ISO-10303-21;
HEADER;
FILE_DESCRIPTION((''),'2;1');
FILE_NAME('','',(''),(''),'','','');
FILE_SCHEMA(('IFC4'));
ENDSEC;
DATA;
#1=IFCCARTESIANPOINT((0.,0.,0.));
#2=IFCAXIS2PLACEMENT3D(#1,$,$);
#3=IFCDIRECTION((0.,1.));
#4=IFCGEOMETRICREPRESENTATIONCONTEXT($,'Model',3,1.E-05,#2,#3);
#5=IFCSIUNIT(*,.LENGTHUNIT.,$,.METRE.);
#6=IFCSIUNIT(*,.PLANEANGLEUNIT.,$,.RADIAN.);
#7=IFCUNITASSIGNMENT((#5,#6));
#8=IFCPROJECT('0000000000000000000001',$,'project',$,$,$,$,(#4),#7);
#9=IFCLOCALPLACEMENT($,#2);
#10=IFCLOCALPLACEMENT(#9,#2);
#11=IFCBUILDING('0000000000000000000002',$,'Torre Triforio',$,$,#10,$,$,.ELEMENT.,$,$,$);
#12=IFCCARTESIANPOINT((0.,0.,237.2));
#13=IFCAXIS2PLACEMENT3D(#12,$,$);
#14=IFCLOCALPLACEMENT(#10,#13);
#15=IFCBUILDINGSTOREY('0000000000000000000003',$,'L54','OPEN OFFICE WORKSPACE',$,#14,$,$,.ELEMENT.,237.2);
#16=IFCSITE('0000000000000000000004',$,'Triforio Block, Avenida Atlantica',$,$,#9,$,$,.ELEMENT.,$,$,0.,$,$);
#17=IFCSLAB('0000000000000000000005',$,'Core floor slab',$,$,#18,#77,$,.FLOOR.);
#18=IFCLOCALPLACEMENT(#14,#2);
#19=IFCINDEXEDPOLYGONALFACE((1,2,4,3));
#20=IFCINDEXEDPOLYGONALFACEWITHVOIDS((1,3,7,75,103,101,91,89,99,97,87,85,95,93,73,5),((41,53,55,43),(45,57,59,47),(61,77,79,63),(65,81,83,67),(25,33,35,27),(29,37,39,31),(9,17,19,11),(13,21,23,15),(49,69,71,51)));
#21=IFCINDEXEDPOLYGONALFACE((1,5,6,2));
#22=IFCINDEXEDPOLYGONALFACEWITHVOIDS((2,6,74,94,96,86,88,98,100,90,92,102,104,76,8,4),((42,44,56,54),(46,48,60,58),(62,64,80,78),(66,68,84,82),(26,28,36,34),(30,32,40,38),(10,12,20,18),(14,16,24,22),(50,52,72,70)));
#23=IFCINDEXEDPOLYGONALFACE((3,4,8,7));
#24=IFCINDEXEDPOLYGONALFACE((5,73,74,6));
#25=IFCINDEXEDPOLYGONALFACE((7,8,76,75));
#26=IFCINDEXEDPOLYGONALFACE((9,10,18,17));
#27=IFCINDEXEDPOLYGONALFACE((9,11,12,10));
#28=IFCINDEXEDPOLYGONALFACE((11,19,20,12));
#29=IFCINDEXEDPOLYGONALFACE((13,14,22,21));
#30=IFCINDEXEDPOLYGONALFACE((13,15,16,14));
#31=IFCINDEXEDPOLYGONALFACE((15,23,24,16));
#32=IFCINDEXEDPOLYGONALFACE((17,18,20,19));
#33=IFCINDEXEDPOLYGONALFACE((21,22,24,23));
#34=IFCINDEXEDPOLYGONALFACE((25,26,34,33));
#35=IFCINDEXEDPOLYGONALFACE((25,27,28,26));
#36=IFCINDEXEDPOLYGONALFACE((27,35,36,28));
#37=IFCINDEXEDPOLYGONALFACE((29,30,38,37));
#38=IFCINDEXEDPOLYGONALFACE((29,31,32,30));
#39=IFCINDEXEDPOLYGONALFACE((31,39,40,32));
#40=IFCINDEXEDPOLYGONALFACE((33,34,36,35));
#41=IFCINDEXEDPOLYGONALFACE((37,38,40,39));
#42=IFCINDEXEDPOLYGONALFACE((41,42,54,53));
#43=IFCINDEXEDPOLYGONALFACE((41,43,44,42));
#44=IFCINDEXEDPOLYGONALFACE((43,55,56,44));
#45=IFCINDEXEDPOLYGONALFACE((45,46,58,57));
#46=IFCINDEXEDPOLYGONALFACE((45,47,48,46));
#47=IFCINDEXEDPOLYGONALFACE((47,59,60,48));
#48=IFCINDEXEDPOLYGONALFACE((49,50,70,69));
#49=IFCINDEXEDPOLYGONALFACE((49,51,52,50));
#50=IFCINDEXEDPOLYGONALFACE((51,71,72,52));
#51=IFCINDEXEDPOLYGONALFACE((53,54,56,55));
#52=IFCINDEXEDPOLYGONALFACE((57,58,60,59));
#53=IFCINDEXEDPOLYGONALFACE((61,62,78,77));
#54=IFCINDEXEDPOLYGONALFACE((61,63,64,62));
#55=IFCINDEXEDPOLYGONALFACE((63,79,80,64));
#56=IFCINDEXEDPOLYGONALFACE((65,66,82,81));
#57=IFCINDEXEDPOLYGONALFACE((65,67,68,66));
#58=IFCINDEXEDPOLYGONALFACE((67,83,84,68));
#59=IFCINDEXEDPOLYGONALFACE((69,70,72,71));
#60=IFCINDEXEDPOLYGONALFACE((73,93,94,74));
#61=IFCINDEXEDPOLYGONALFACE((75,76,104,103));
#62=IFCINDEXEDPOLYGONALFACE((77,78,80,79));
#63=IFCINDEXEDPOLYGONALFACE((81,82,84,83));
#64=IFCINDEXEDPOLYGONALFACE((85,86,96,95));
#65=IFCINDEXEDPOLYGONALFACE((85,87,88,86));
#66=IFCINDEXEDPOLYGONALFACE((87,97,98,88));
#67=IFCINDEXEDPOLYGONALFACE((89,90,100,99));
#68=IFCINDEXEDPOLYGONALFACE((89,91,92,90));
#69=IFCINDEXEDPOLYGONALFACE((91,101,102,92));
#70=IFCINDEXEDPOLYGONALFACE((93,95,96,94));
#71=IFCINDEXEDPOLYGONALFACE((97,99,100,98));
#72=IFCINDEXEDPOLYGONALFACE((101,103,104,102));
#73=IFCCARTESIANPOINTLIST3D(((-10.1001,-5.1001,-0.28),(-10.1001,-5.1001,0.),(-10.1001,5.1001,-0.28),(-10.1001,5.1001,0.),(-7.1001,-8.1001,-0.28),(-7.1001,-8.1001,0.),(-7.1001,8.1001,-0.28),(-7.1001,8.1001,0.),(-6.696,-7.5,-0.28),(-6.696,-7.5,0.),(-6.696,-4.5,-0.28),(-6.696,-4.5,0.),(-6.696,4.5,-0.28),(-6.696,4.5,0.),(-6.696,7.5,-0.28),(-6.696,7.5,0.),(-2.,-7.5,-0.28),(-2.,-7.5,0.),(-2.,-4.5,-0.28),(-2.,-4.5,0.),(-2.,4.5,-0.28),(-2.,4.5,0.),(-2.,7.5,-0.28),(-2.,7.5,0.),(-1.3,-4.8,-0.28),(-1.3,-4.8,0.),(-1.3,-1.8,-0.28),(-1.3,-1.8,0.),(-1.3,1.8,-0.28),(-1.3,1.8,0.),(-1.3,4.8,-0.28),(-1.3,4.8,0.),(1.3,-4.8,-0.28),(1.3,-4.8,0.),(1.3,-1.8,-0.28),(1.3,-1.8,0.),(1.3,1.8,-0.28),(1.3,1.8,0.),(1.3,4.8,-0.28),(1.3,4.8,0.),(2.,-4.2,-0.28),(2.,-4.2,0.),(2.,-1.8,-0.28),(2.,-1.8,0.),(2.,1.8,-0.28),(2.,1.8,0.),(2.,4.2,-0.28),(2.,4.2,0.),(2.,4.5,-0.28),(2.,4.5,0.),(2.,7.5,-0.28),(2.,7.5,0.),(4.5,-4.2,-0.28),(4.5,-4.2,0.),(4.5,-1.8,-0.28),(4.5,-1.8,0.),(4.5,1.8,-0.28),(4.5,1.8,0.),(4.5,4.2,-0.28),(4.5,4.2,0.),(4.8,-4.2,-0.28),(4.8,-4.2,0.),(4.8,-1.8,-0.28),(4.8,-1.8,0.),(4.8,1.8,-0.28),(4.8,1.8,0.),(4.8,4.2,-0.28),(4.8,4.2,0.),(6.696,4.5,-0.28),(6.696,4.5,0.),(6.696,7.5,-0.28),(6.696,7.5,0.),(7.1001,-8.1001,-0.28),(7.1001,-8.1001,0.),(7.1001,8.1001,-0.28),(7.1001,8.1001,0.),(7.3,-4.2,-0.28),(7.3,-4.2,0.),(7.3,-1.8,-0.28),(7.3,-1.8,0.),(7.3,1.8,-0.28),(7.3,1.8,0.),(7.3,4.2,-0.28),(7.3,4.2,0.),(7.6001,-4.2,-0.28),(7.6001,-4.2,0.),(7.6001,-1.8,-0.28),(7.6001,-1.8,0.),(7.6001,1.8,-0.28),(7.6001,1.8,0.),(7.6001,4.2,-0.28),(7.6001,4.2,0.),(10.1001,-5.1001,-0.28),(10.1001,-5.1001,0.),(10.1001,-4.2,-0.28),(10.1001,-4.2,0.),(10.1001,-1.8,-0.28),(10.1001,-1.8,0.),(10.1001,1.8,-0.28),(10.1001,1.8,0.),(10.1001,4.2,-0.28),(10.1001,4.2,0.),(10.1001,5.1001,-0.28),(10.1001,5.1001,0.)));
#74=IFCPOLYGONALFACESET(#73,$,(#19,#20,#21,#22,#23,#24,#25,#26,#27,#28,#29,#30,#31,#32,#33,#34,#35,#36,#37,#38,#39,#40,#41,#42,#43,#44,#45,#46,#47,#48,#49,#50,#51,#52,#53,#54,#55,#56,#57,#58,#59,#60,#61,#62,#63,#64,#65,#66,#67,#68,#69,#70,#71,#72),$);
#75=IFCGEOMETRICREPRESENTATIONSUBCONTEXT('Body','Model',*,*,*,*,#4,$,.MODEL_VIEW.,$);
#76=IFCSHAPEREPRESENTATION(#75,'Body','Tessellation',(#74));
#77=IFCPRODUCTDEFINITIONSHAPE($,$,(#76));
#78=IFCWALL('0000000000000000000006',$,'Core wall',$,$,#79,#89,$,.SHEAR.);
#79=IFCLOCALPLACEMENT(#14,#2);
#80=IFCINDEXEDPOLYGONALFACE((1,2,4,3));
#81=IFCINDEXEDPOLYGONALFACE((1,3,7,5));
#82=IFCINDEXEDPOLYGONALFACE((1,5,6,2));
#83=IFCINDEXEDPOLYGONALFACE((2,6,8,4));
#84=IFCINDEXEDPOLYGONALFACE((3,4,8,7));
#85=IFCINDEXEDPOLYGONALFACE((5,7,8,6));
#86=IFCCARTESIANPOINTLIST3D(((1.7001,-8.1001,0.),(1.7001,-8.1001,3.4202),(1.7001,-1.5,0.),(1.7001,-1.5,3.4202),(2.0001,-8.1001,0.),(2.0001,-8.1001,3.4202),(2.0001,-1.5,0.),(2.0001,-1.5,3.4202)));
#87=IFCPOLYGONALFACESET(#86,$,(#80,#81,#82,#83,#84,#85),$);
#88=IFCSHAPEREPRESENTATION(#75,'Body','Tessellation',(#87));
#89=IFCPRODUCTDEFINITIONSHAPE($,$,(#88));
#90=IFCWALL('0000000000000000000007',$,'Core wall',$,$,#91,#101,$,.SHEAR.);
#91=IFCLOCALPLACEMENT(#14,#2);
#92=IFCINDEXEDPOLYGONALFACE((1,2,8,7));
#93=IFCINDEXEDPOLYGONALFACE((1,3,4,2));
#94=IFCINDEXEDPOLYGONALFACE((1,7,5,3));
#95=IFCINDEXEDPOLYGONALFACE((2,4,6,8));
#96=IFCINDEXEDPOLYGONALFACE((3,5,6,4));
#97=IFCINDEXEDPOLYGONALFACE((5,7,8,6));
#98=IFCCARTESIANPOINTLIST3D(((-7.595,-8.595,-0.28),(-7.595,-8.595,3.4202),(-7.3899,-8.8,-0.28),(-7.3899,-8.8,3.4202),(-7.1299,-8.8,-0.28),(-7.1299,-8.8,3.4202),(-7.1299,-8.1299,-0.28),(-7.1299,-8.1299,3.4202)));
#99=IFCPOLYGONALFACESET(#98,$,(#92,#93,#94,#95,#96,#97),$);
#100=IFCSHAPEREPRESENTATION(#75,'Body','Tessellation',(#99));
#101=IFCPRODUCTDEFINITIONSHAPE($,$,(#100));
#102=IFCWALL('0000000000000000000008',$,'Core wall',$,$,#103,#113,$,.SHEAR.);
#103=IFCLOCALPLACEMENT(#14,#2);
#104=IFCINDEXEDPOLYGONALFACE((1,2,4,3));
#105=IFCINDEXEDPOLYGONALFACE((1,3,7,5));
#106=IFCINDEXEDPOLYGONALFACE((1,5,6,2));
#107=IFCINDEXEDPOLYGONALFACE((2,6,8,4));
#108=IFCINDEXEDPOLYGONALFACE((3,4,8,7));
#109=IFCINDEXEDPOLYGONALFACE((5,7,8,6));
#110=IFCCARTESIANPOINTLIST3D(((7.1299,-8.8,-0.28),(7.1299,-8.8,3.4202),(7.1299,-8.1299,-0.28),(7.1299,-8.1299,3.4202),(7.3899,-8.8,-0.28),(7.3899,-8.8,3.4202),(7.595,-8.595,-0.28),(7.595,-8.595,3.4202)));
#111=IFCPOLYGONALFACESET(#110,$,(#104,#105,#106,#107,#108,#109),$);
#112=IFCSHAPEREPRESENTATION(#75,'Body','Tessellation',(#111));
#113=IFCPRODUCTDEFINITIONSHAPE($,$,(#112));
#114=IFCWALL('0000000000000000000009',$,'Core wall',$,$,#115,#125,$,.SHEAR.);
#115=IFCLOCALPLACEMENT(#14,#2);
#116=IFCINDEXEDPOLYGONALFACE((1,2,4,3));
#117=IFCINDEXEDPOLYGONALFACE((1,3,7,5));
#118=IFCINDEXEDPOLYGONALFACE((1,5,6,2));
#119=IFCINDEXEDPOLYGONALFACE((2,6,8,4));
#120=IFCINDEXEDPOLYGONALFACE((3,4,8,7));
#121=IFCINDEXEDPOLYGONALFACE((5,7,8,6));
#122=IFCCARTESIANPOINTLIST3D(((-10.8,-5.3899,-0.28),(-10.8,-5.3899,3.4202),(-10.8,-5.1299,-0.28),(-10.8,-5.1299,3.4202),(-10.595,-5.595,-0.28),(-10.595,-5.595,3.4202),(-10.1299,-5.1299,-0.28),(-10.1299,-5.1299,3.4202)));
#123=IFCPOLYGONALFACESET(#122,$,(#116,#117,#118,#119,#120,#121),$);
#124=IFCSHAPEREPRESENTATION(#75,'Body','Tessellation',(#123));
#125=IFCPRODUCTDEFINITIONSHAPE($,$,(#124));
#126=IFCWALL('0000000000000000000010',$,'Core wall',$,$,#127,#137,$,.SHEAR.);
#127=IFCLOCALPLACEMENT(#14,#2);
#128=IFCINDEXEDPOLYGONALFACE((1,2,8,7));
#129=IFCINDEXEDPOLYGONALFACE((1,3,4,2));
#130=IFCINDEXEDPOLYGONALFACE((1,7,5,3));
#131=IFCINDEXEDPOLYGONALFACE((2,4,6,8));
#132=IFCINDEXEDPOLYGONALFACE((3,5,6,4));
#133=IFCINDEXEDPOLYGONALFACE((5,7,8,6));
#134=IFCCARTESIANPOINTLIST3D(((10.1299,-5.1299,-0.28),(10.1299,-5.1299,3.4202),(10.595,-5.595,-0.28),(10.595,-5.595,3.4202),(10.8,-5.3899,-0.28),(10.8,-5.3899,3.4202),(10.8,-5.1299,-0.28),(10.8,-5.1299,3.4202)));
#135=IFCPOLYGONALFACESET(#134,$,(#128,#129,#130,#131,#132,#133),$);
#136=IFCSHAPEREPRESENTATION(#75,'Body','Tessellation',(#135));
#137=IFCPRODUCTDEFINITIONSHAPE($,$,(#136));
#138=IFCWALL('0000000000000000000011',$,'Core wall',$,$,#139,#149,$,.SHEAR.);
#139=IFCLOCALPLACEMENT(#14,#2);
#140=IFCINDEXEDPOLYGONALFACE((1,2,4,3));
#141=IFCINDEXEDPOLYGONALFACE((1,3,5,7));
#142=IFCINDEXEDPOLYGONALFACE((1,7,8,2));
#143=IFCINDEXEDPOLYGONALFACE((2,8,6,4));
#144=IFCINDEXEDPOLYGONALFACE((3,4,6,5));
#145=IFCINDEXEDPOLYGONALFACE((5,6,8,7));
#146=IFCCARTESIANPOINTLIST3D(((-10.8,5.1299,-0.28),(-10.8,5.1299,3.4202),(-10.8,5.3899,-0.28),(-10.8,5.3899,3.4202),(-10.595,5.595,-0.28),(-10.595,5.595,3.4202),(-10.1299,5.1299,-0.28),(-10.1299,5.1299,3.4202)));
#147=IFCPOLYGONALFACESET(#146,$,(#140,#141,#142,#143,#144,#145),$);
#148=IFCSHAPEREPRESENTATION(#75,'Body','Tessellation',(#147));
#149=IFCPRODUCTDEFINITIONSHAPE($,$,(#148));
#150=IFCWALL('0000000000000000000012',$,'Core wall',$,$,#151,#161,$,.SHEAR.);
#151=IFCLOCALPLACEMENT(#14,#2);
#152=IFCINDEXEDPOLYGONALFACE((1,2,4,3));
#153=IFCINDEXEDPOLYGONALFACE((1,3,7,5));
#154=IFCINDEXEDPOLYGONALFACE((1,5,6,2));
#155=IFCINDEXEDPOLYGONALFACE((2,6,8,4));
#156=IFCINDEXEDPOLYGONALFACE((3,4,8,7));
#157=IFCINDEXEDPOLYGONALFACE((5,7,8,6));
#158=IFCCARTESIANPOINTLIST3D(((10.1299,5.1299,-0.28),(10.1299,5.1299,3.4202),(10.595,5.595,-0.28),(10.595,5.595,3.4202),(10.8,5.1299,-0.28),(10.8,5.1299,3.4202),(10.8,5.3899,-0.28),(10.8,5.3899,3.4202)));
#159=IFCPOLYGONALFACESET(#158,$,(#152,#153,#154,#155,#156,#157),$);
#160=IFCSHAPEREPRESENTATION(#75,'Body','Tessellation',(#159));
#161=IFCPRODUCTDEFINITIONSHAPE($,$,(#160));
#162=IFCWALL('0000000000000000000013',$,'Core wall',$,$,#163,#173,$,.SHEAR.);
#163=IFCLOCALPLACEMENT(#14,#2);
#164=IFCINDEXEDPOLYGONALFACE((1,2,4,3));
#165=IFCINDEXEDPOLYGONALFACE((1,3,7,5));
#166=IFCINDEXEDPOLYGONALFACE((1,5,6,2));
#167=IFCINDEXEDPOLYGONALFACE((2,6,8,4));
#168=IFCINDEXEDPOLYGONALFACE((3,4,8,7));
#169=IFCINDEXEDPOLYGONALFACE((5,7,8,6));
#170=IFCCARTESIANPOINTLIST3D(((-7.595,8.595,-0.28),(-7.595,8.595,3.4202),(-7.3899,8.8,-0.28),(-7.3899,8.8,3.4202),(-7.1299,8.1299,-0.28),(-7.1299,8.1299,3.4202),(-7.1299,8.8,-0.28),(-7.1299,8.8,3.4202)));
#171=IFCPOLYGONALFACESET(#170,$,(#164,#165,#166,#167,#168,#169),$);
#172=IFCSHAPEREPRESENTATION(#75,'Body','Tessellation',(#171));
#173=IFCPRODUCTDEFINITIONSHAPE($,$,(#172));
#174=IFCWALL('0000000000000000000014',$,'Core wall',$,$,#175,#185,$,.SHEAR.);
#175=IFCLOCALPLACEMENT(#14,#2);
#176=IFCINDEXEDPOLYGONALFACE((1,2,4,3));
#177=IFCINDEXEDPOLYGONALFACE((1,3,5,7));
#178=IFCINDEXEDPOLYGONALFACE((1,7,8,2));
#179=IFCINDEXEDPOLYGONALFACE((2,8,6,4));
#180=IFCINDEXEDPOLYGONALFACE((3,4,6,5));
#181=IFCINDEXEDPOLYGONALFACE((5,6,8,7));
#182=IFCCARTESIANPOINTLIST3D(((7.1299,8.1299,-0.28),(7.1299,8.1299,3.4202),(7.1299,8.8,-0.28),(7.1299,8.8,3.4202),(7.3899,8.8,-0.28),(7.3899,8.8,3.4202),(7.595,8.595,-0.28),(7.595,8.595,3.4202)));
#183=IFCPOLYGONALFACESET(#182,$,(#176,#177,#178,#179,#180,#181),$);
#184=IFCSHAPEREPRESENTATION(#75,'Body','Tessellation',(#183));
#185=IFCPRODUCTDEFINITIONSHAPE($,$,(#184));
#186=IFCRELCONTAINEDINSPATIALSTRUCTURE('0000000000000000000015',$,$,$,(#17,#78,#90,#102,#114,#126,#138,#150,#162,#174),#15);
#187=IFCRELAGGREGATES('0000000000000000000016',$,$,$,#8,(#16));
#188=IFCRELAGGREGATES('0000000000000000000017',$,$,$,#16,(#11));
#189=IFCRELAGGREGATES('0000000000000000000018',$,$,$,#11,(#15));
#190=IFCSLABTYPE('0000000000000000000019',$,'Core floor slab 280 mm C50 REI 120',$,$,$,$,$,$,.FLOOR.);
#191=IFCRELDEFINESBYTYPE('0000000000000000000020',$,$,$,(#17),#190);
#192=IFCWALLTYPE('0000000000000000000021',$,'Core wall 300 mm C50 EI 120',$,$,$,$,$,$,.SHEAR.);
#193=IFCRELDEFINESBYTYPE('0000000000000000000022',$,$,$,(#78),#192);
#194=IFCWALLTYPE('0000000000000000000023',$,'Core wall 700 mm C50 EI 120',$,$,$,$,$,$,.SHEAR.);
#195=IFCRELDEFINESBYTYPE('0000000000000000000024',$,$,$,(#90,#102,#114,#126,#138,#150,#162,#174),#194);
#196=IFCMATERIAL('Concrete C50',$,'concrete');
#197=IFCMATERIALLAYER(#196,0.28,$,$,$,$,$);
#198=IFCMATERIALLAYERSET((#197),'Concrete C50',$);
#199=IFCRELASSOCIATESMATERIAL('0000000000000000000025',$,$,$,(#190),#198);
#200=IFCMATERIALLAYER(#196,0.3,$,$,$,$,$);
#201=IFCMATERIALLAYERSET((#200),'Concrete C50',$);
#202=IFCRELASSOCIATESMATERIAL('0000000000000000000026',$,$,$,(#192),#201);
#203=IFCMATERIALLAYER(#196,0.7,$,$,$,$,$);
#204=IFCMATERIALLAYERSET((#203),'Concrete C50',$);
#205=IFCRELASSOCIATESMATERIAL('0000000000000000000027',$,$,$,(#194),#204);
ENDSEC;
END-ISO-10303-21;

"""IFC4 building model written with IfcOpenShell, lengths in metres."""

from ifc_helpers import new_model, si_unit, direction, frame, frame_2d, origin, place, context, subcontext, project, spatial, polyline, rectangle, outline, extrude, material, layer, layer_set, type_object, element, save


model = new_model("IFC4")

# Units and contexts
model_context = context("Model", 3, precision=1e-05, world=origin(), true_north=direction((0.0, 1.0)))
body_context = subcontext(model_context, "Body", "Model", "MODEL_VIEW")
ifc_project = project(units=[si_unit("LENGTHUNIT", "METRE"), si_unit("PLANEANGLEUNIT", "RADIAN")], contexts=[model_context])

# Site, building, storey
site_placement = place(None, origin())
site = spatial("IfcSite", under=ifc_project, at=site_placement, Name="Triforio Block, Avenida Atlantica", CompositionType="ELEMENT", RefElevation=0.0)
building_placement = place(site_placement, origin())
building = spatial("IfcBuilding", under=site, at=building_placement, Name="Torre Triforio", CompositionType="ELEMENT")
storey_placement = place(building_placement, frame((0.0, 0.0, 237.2)))
storey = spatial("IfcBuildingStorey", under=building, at=storey_placement, Name="L54", Description="OPEN OFFICE WORKSPACE", CompositionType="ELEMENT", Elevation=237.2)

# Slab
ifc_material_1 = material(Name="Concrete C50", Category="concrete")
ifc_layer_1 = layer(ifc_material_1, 0.28)
ifc_layer_set_1 = layer_set([ifc_layer_1], Name="Concrete C50")
slab_type = type_object("IfcSlabType", Name="Core floor slab 280 mm C50 REI 120", PredefinedType="FLOOR", material=ifc_layer_set_1)
slab_placement = place(storey_placement, frame((0.0, 0.0, -0.28)))
element("IfcSlab", 1, at=slab_placement, inside=storey, type_object=slab_type, Name="Core floor slab", PredefinedType="FLOOR", context=body_context, shape_type="SweptSolid", body=[
    extrude(outline(polyline([(10.1001, -5.1001), (7.1001, -8.1001), (-7.1001, -8.1001), (-10.1001, -5.1001), (-10.1001, 5.1001), (-7.1001, 8.1001), (7.1001, 8.1001), (10.1001, 5.1001), (10.1001, 4.2), (7.6001, 4.2), (7.6001, 1.8), (10.1001, 1.8), (10.1001, -1.8), (7.6001, -1.8), (7.6001, -4.2), (10.1001, -4.2), (10.1001, -5.1001)]), holes=[polyline([(-6.696, -4.5), (-6.696, -7.5), (-2.0, -7.5), (-2.0, -4.5), (-6.696, -4.5)]), polyline([(-1.3, -1.8), (-1.3, -4.8), (1.3, -4.8), (1.3, -1.8), (-1.3, -1.8)]), polyline([(2.0, -1.8), (2.0, -4.2), (4.5, -4.2), (4.5, -1.8), (2.0, -1.8)]), polyline([(4.5, 4.2), (2.0, 4.2), (2.0, 1.8), (4.5, 1.8), (4.5, 4.2)]), polyline([(1.3, 4.8), (-1.3, 4.8), (-1.3, 1.8), (1.3, 1.8), (1.3, 4.8)]), polyline([(-6.696, 7.5), (-6.696, 4.5), (-2.0, 4.5), (-2.0, 7.5), (-6.696, 7.5)]), polyline([(7.3, -1.8), (4.8, -1.8), (4.8, -4.2), (7.3, -4.2), (7.3, -1.8)]), polyline([(4.8, 4.2), (4.8, 1.8), (7.3, 1.8), (7.3, 4.2), (4.8, 4.2)]), polyline([(6.696, 7.5), (2.0, 7.5), (2.0, 4.5), (6.696, 4.5), (6.696, 7.5)])]), origin(), (0.0, 0.0, 1.0), 0.28),
])

# Walls
ifc_layer_2 = layer(ifc_material_1, 0.3)
ifc_layer_set_2 = layer_set([ifc_layer_2], Name="Concrete C50")
wall_type_1 = type_object("IfcWallType", Name="Core wall 300 mm C50 EI 120", PredefinedType="SHEAR", material=ifc_layer_set_2)
wall_1_placement = place(storey_placement, frame((1.8501, -8.1001, 0.0), z_axis=(0.0, 0.0, 1.0), x_axis=(0.0, 1.0, 0.0)))
element("IfcWall", 2, at=wall_1_placement, inside=storey, type_object=wall_type_1, Name="Core wall", PredefinedType="SHEAR", context=body_context, shape_type="SweptSolid", body=[
    extrude(rectangle(XDim=6.6001, YDim=0.3, at=frame_2d((3.3, 0.0))), origin(), (0.0, 0.0, 1.0), 3.4202),
])
ifc_layer_3 = layer(ifc_material_1, 0.7)
ifc_layer_set_3 = layer_set([ifc_layer_3], Name="Concrete C50")
wall_type_2 = type_object("IfcWallType", Name="Core wall 700 mm C50 EI 120", PredefinedType="SHEAR", material=ifc_layer_set_3)
wall_2_placement = place(storey_placement, frame((0.0, 0.0, -0.28)))
element("IfcWall", 3, at=wall_2_placement, inside=storey, type_object=wall_type_2, Name="Core wall", PredefinedType="SHEAR", context=body_context, shape_type="SweptSolid", body=[
    extrude(outline(polyline([(-7.3899, -8.8), (-7.595, -8.595), (-7.595, -8.595), (-7.595, -8.595), (-7.1299, -8.1299), (-7.1299, -8.8), (-7.1299, -8.8), (-7.3899, -8.8)])), origin(), (0.0, 0.0, 1.0), 3.7002),
])
wall_3_placement = place(storey_placement, frame((0.0, 0.0, -0.28)))
element("IfcWall", 4, at=wall_3_placement, inside=storey, type_object=wall_type_2, Name="Core wall", PredefinedType="SHEAR", context=body_context, shape_type="SweptSolid", body=[
    extrude(outline(polyline([(7.3899, -8.8), (7.1299, -8.8), (7.1299, -8.8), (7.1299, -8.1299), (7.595, -8.595), (7.595, -8.595), (7.595, -8.595), (7.3899, -8.8)])), origin(), (0.0, 0.0, 1.0), 3.7002),
])
wall_4_placement = place(storey_placement, frame((0.0, 0.0, -0.28)))
element("IfcWall", 5, at=wall_4_placement, inside=storey, type_object=wall_type_2, Name="Core wall", PredefinedType="SHEAR", context=body_context, shape_type="SweptSolid", body=[
    extrude(outline(polyline([(-10.8, -5.3899), (-10.8, -5.1299), (-10.8, -5.1299), (-10.1299, -5.1299), (-10.595, -5.595), (-10.595, -5.595), (-10.595, -5.595), (-10.8, -5.3899)])), origin(), (0.0, 0.0, 1.0), 3.7002),
])
wall_5_placement = place(storey_placement, frame((0.0, 0.0, -0.28)))
element("IfcWall", 6, at=wall_5_placement, inside=storey, type_object=wall_type_2, Name="Core wall", PredefinedType="SHEAR", context=body_context, shape_type="SweptSolid", body=[
    extrude(outline(polyline([(10.8, -5.3899), (10.595, -5.595), (10.595, -5.595), (10.595, -5.595), (10.1299, -5.1299), (10.8, -5.1299), (10.8, -5.1299), (10.8, -5.3899)])), origin(), (0.0, 0.0, 1.0), 3.7002),
])
wall_6_placement = place(storey_placement, frame((0.0, 0.0, -0.28)))
element("IfcWall", 7, at=wall_6_placement, inside=storey, type_object=wall_type_2, Name="Core wall", PredefinedType="SHEAR", context=body_context, shape_type="SweptSolid", body=[
    extrude(outline(polyline([(-10.595, 5.595), (-10.595, 5.595), (-10.595, 5.595), (-10.1299, 5.1299), (-10.8, 5.1299), (-10.8, 5.1299), (-10.8, 5.3899), (-10.595, 5.595)])), origin(), (0.0, 0.0, 1.0), 3.7002),
])
wall_7_placement = place(storey_placement, frame((0.0, 0.0, -0.28)))
element("IfcWall", 8, at=wall_7_placement, inside=storey, type_object=wall_type_2, Name="Core wall", PredefinedType="SHEAR", context=body_context, shape_type="SweptSolid", body=[
    extrude(outline(polyline([(10.8, 5.3899), (10.8, 5.1299), (10.8, 5.1299), (10.1299, 5.1299), (10.595, 5.595), (10.595, 5.595), (10.595, 5.595), (10.8, 5.3899)])), origin(), (0.0, 0.0, 1.0), 3.7002),
])
wall_8_placement = place(storey_placement, frame((0.0, 0.0, -0.28)))
element("IfcWall", 9, at=wall_8_placement, inside=storey, type_object=wall_type_2, Name="Core wall", PredefinedType="SHEAR", context=body_context, shape_type="SweptSolid", body=[
    extrude(outline(polyline([(-7.3899, 8.8), (-7.1299, 8.8), (-7.1299, 8.8), (-7.1299, 8.1299), (-7.595, 8.595), (-7.595, 8.595), (-7.595, 8.595), (-7.3899, 8.8)])), origin(), (0.0, 0.0, 1.0), 3.7002),
])
wall_9_placement = place(storey_placement, frame((0.0, 0.0, -0.28)))
element("IfcWall", 10, at=wall_9_placement, inside=storey, type_object=wall_type_2, Name="Core wall", PredefinedType="SHEAR", context=body_context, shape_type="SweptSolid", body=[
    extrude(outline(polyline([(7.3899, 8.8), (7.595, 8.595), (7.595, 8.595), (7.595, 8.595), (7.1299, 8.1299), (7.1299, 8.8), (7.1299, 8.8), (7.3899, 8.8)])), origin(), (0.0, 0.0, 1.0), 3.7002),
])

save(model, "model.ifc")
